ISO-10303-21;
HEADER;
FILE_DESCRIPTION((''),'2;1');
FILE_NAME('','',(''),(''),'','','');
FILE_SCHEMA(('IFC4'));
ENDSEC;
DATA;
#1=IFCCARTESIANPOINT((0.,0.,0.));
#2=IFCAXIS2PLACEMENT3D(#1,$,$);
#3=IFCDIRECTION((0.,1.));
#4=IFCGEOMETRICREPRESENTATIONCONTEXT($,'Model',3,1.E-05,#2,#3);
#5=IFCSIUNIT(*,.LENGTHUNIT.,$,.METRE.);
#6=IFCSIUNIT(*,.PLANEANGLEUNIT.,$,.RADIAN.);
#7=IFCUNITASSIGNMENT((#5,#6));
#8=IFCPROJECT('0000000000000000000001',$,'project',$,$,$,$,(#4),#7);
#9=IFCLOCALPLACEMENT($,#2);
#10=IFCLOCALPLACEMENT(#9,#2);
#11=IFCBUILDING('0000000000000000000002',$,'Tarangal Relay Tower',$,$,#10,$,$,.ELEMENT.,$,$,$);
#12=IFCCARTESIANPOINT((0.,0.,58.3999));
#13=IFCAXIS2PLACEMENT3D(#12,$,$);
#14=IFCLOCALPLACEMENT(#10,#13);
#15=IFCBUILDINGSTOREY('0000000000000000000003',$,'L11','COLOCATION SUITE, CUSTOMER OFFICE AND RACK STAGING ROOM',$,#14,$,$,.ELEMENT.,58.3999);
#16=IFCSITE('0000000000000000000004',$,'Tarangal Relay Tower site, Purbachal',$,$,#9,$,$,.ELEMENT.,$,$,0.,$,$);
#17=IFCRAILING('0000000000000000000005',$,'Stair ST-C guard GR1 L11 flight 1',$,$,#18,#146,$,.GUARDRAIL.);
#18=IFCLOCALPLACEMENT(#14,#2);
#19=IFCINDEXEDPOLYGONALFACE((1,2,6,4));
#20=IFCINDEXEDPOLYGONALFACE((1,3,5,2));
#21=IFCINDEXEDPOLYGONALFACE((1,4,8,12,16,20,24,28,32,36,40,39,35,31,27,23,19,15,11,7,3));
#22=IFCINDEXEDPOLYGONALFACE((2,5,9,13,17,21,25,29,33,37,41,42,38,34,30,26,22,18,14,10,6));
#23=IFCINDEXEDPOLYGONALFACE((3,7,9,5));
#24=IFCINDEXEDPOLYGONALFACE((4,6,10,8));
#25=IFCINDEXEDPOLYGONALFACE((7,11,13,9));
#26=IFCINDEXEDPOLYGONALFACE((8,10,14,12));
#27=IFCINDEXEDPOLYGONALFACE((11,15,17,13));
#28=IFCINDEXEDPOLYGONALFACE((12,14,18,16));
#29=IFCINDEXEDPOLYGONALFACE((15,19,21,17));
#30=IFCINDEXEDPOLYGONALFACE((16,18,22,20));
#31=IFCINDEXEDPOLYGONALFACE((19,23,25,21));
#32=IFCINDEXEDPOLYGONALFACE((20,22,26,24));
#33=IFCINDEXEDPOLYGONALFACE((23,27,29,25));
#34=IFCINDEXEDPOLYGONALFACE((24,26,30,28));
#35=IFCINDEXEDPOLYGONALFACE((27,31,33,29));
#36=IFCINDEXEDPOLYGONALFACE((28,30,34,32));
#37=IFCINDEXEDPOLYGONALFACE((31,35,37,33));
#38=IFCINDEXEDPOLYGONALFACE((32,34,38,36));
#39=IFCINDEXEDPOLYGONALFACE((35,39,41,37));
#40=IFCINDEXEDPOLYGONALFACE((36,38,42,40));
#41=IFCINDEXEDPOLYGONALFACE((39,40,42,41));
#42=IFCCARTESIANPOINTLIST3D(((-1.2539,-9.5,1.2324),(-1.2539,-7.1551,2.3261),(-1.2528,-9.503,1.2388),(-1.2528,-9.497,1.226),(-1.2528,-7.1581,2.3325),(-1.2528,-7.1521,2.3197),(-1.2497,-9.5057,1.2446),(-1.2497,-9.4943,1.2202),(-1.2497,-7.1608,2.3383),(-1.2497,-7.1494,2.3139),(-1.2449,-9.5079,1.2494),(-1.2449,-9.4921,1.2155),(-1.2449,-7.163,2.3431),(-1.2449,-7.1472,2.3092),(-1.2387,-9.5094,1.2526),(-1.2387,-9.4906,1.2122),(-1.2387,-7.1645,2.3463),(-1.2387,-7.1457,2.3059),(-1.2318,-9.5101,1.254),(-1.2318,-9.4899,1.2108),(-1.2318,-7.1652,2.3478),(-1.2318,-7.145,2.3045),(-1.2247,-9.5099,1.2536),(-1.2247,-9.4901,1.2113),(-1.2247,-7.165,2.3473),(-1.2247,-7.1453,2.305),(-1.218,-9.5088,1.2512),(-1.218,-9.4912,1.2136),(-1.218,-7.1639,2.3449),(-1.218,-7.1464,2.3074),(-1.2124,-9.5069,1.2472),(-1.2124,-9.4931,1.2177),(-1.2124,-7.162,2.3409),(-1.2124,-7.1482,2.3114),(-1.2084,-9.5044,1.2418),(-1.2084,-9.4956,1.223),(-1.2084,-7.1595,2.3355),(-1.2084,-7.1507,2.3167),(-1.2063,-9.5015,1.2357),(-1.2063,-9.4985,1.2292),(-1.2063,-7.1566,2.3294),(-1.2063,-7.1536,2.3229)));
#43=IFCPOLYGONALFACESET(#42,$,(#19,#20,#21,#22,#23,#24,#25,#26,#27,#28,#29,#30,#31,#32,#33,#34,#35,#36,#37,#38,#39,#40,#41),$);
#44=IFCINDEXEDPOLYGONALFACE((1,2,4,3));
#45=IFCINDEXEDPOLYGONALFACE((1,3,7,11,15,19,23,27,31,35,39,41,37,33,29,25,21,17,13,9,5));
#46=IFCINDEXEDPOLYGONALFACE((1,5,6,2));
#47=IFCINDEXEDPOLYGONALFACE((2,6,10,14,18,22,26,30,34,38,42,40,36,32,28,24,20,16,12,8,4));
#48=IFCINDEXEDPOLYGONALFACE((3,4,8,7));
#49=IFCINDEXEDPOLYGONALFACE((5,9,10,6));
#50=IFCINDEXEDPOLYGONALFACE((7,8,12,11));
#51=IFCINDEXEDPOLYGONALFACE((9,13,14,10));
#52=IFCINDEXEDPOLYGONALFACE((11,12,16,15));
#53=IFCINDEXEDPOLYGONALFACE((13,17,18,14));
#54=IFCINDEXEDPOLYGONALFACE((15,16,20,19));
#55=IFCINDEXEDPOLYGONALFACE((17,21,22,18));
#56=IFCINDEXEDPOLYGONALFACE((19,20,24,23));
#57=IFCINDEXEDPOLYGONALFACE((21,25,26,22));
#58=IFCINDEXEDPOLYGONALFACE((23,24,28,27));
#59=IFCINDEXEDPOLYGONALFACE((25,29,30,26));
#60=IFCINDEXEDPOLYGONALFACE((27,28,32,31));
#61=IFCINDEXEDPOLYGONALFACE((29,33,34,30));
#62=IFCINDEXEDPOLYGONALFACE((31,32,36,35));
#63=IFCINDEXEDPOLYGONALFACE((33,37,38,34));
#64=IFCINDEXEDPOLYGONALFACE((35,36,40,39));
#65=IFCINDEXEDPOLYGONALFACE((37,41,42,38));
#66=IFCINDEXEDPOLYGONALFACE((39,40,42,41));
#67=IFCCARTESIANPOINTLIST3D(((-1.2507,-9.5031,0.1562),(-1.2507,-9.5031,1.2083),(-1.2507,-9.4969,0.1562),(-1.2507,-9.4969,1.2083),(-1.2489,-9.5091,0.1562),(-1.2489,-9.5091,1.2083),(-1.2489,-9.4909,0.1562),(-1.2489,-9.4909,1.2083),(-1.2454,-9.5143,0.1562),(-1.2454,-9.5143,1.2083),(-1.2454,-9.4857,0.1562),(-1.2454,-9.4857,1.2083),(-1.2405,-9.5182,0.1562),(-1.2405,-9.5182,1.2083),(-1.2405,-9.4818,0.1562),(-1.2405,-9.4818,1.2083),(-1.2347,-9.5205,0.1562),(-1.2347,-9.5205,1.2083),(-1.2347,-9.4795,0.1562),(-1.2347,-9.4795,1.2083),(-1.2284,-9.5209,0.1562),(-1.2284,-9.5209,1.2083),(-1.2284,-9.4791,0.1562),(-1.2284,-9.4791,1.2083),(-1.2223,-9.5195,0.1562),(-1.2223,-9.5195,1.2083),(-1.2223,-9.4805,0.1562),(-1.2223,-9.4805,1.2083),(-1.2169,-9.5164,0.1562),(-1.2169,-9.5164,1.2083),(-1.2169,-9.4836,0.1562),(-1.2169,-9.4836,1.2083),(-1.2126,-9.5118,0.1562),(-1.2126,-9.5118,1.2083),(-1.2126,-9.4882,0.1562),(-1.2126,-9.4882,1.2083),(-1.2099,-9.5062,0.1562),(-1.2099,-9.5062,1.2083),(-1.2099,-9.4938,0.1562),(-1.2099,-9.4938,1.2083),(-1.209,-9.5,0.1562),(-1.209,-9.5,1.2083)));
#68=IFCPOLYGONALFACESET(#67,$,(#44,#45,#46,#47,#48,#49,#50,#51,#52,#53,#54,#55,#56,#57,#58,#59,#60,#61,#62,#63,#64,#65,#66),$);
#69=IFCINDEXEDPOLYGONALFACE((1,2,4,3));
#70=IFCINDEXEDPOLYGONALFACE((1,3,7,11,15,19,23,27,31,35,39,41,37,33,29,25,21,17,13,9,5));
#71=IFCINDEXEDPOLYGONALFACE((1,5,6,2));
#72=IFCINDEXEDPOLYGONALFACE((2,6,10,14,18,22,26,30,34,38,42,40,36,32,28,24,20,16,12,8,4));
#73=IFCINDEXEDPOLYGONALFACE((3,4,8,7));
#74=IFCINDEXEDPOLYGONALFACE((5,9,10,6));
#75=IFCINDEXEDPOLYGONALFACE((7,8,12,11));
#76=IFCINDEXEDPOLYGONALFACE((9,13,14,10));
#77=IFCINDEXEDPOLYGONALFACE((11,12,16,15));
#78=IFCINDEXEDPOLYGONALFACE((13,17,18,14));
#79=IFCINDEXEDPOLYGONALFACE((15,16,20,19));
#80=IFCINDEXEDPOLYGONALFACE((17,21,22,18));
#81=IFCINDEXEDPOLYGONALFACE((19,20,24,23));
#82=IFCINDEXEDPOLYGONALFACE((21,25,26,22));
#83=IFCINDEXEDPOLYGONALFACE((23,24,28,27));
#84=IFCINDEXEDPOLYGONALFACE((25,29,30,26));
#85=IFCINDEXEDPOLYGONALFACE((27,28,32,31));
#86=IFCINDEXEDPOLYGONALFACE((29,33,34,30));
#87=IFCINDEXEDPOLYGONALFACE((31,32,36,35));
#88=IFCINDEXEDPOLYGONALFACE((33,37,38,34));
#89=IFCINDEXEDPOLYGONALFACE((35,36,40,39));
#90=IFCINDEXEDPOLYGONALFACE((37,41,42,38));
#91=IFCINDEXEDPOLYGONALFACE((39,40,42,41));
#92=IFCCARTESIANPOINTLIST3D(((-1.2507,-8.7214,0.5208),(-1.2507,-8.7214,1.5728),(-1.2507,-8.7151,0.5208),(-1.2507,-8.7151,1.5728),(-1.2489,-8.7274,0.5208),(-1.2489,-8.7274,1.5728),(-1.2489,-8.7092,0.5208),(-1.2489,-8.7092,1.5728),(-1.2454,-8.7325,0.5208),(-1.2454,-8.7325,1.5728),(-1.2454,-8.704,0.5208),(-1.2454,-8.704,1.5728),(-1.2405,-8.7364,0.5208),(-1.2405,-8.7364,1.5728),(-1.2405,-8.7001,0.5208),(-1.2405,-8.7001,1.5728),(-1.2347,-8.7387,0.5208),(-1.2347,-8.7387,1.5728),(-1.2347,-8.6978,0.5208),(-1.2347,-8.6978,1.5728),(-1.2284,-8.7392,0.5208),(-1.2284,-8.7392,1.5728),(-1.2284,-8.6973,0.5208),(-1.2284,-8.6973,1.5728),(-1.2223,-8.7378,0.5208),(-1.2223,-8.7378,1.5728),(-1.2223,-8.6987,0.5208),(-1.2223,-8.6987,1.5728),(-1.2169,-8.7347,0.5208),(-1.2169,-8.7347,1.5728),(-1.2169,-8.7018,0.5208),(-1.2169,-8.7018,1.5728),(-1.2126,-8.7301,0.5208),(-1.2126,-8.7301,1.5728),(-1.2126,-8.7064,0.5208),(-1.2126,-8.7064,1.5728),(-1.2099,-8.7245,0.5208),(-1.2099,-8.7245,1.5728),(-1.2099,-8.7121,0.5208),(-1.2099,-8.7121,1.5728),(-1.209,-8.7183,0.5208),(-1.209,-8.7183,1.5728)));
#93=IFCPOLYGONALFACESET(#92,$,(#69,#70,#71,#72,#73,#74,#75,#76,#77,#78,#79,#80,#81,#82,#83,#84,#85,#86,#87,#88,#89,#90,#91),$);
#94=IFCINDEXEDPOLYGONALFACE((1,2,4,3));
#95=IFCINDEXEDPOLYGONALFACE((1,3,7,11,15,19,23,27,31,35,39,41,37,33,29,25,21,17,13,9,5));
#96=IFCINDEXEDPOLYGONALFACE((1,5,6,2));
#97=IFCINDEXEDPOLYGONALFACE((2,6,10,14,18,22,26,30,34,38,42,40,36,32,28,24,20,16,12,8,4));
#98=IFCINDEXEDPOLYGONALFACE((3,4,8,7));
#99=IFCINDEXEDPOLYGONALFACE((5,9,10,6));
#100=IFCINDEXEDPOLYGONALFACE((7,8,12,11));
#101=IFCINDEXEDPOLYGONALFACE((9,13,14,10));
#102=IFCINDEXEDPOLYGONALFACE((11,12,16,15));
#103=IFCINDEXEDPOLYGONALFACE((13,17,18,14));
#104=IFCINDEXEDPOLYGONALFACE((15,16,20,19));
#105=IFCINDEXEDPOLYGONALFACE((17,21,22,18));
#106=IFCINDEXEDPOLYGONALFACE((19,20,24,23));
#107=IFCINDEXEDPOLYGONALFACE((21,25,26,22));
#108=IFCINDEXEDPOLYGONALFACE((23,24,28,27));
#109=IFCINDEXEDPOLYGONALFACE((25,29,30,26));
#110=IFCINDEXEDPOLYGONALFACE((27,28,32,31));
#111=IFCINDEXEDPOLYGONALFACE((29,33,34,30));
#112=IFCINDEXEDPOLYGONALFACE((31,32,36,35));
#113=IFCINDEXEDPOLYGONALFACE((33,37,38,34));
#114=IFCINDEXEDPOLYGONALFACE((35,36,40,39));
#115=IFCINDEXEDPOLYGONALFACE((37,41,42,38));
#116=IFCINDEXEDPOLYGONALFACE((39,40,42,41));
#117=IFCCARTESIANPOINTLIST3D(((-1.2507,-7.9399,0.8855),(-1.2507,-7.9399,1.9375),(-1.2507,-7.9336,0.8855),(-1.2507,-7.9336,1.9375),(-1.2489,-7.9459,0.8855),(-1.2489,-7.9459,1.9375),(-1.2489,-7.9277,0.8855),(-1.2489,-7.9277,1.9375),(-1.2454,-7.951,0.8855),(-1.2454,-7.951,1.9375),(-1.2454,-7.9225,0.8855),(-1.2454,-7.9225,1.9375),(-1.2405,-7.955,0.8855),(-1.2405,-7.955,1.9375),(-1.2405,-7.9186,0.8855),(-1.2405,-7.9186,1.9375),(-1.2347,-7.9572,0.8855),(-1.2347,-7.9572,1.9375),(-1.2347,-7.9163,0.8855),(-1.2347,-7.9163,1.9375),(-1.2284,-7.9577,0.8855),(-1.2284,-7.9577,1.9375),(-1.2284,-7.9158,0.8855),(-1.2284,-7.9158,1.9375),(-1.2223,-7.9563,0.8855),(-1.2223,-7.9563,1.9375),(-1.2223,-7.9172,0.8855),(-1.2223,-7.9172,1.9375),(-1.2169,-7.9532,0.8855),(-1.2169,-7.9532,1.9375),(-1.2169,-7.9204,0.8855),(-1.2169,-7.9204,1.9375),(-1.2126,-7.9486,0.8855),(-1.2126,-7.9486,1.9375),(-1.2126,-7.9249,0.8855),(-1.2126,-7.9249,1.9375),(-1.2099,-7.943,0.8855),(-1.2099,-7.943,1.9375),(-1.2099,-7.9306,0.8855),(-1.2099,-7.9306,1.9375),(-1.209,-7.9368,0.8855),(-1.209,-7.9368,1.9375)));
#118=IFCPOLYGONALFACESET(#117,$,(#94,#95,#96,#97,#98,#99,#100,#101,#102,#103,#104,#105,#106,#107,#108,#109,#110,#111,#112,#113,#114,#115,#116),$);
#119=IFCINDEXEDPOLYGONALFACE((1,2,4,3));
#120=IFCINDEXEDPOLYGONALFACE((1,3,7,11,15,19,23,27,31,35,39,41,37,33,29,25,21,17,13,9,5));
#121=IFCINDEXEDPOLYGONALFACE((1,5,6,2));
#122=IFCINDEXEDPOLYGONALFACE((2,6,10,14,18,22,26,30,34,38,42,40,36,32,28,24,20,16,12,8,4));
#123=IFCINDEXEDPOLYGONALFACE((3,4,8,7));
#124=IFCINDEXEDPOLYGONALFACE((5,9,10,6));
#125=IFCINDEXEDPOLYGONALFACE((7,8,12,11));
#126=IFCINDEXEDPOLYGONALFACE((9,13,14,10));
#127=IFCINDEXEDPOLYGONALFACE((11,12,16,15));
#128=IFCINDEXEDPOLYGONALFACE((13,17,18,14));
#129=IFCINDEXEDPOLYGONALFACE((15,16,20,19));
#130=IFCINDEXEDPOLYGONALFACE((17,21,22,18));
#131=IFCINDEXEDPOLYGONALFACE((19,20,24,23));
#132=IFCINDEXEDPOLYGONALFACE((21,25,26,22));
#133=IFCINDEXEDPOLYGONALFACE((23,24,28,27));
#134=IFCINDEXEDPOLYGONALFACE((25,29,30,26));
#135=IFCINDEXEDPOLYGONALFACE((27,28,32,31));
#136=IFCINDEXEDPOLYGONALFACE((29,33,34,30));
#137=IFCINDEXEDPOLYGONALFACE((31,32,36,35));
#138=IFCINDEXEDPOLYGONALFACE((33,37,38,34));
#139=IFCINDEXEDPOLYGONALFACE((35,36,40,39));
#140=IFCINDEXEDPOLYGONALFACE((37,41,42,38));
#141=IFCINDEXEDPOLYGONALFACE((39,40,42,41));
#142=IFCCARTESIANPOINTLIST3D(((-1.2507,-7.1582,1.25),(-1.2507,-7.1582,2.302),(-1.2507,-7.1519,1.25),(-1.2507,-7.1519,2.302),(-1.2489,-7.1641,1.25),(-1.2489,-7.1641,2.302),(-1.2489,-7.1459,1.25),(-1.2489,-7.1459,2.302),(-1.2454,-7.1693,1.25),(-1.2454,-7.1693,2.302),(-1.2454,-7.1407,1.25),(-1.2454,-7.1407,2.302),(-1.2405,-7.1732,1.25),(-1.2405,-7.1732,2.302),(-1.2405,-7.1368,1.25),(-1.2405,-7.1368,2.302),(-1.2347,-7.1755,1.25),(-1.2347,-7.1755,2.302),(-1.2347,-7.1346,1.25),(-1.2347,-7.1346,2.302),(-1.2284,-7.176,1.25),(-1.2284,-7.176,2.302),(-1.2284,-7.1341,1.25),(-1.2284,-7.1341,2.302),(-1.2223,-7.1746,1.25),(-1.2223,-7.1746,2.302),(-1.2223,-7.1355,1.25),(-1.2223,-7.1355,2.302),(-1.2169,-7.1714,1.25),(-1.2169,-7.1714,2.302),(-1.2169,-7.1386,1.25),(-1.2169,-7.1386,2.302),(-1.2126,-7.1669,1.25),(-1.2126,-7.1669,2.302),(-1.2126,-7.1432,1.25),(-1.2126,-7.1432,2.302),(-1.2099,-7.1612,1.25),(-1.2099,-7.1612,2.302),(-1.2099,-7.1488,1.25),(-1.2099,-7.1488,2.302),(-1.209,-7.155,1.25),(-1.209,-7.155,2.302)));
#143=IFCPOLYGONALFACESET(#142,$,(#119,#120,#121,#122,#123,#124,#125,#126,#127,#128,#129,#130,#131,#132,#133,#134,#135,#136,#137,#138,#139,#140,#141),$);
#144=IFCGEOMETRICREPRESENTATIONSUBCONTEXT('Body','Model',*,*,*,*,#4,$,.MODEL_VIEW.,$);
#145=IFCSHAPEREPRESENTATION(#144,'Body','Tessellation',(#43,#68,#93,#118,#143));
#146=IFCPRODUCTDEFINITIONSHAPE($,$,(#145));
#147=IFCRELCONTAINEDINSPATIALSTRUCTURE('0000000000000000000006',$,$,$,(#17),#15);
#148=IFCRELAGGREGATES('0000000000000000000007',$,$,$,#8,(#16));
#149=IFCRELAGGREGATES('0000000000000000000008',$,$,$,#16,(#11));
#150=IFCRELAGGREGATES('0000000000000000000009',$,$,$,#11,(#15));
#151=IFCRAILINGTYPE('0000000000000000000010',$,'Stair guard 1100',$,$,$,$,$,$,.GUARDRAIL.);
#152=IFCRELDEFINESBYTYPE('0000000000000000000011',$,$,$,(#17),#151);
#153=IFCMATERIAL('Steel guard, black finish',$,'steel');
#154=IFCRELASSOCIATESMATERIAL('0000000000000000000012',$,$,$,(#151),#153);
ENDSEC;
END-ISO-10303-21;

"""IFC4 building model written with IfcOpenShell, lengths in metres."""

from ifc_helpers import new_model, si_unit, direction, frame, origin, origin_2d, place, context, subcontext, project, spatial, circle, extrude, material, type_object, element, save


model = new_model("IFC4")

# Units and contexts
model_context = context("Model", 3, precision=1e-05, world=origin(), true_north=direction((0.0, 1.0)))
body_context = subcontext(model_context, "Body", "Model", "MODEL_VIEW")
ifc_project = project(units=[si_unit("LENGTHUNIT", "METRE"), si_unit("PLANEANGLEUNIT", "RADIAN")], contexts=[model_context])

# Site, building, storey
site_placement = place(None, origin())
site = spatial("IfcSite", under=ifc_project, at=site_placement, Name="Tarangal Relay Tower site, Purbachal", CompositionType="ELEMENT", RefElevation=0.0)
building_placement = place(site_placement, origin())
building = spatial("IfcBuilding", under=site, at=building_placement, Name="Tarangal Relay Tower", CompositionType="ELEMENT")
storey_placement = place(building_placement, frame((0.0, 0.0, 58.3999)))
storey = spatial("IfcBuildingStorey", under=building, at=storey_placement, Name="L11", Description="COLOCATION SUITE, CUSTOMER OFFICE AND RACK STAGING ROOM", CompositionType="ELEMENT", Elevation=58.3999)

# Railing
ifc_material_1 = material(Name="Steel guard, black finish", Category="steel")
railing_type_1 = type_object("IfcRailingType", Name="Stair guard 1100", PredefinedType="GUARDRAIL", material=ifc_material_1)
for number, where, name in (
    (1, (-1.23, -9.5, 0.1562), "Stair ST-C guard GR1 L11 flight 1"),
):
    element("IfcRailing", number, at=place(storey_placement, frame(where)), inside=storey, type_object=railing_type_1, Name=name, PredefinedType="GUARDRAIL", context=body_context, shape_type="SweptSolid", body=[
        extrude(circle(Radius=0.0239, at=origin_2d()), frame((0.0, 0.0, 1.0762), z_axis=(0.0, 0.906267, 0.422705), x_axis=(-1.0, 0.0, 0.0)), (0.0, 0.0, 1.0), 2.5874),
        extrude(circle(Radius=0.021, at=origin_2d()), origin(), (0.0, 0.0, 1.0), 1.052),
        extrude(circle(Radius=0.021, at=origin_2d()), frame((0.0, 0.7817, 0.3645)), (0.0, 0.0, 1.0), 1.052),
        extrude(circle(Radius=0.021, at=origin_2d()), frame((0.0, 1.5632, 0.7292)), (0.0, 0.0, 1.0), 1.052),
        extrude(circle(Radius=0.021, at=origin_2d()), frame((0.0, 2.345, 1.0938)), (0.0, 0.0, 1.0), 1.052),
    ])

save(model, "model.ifc")
